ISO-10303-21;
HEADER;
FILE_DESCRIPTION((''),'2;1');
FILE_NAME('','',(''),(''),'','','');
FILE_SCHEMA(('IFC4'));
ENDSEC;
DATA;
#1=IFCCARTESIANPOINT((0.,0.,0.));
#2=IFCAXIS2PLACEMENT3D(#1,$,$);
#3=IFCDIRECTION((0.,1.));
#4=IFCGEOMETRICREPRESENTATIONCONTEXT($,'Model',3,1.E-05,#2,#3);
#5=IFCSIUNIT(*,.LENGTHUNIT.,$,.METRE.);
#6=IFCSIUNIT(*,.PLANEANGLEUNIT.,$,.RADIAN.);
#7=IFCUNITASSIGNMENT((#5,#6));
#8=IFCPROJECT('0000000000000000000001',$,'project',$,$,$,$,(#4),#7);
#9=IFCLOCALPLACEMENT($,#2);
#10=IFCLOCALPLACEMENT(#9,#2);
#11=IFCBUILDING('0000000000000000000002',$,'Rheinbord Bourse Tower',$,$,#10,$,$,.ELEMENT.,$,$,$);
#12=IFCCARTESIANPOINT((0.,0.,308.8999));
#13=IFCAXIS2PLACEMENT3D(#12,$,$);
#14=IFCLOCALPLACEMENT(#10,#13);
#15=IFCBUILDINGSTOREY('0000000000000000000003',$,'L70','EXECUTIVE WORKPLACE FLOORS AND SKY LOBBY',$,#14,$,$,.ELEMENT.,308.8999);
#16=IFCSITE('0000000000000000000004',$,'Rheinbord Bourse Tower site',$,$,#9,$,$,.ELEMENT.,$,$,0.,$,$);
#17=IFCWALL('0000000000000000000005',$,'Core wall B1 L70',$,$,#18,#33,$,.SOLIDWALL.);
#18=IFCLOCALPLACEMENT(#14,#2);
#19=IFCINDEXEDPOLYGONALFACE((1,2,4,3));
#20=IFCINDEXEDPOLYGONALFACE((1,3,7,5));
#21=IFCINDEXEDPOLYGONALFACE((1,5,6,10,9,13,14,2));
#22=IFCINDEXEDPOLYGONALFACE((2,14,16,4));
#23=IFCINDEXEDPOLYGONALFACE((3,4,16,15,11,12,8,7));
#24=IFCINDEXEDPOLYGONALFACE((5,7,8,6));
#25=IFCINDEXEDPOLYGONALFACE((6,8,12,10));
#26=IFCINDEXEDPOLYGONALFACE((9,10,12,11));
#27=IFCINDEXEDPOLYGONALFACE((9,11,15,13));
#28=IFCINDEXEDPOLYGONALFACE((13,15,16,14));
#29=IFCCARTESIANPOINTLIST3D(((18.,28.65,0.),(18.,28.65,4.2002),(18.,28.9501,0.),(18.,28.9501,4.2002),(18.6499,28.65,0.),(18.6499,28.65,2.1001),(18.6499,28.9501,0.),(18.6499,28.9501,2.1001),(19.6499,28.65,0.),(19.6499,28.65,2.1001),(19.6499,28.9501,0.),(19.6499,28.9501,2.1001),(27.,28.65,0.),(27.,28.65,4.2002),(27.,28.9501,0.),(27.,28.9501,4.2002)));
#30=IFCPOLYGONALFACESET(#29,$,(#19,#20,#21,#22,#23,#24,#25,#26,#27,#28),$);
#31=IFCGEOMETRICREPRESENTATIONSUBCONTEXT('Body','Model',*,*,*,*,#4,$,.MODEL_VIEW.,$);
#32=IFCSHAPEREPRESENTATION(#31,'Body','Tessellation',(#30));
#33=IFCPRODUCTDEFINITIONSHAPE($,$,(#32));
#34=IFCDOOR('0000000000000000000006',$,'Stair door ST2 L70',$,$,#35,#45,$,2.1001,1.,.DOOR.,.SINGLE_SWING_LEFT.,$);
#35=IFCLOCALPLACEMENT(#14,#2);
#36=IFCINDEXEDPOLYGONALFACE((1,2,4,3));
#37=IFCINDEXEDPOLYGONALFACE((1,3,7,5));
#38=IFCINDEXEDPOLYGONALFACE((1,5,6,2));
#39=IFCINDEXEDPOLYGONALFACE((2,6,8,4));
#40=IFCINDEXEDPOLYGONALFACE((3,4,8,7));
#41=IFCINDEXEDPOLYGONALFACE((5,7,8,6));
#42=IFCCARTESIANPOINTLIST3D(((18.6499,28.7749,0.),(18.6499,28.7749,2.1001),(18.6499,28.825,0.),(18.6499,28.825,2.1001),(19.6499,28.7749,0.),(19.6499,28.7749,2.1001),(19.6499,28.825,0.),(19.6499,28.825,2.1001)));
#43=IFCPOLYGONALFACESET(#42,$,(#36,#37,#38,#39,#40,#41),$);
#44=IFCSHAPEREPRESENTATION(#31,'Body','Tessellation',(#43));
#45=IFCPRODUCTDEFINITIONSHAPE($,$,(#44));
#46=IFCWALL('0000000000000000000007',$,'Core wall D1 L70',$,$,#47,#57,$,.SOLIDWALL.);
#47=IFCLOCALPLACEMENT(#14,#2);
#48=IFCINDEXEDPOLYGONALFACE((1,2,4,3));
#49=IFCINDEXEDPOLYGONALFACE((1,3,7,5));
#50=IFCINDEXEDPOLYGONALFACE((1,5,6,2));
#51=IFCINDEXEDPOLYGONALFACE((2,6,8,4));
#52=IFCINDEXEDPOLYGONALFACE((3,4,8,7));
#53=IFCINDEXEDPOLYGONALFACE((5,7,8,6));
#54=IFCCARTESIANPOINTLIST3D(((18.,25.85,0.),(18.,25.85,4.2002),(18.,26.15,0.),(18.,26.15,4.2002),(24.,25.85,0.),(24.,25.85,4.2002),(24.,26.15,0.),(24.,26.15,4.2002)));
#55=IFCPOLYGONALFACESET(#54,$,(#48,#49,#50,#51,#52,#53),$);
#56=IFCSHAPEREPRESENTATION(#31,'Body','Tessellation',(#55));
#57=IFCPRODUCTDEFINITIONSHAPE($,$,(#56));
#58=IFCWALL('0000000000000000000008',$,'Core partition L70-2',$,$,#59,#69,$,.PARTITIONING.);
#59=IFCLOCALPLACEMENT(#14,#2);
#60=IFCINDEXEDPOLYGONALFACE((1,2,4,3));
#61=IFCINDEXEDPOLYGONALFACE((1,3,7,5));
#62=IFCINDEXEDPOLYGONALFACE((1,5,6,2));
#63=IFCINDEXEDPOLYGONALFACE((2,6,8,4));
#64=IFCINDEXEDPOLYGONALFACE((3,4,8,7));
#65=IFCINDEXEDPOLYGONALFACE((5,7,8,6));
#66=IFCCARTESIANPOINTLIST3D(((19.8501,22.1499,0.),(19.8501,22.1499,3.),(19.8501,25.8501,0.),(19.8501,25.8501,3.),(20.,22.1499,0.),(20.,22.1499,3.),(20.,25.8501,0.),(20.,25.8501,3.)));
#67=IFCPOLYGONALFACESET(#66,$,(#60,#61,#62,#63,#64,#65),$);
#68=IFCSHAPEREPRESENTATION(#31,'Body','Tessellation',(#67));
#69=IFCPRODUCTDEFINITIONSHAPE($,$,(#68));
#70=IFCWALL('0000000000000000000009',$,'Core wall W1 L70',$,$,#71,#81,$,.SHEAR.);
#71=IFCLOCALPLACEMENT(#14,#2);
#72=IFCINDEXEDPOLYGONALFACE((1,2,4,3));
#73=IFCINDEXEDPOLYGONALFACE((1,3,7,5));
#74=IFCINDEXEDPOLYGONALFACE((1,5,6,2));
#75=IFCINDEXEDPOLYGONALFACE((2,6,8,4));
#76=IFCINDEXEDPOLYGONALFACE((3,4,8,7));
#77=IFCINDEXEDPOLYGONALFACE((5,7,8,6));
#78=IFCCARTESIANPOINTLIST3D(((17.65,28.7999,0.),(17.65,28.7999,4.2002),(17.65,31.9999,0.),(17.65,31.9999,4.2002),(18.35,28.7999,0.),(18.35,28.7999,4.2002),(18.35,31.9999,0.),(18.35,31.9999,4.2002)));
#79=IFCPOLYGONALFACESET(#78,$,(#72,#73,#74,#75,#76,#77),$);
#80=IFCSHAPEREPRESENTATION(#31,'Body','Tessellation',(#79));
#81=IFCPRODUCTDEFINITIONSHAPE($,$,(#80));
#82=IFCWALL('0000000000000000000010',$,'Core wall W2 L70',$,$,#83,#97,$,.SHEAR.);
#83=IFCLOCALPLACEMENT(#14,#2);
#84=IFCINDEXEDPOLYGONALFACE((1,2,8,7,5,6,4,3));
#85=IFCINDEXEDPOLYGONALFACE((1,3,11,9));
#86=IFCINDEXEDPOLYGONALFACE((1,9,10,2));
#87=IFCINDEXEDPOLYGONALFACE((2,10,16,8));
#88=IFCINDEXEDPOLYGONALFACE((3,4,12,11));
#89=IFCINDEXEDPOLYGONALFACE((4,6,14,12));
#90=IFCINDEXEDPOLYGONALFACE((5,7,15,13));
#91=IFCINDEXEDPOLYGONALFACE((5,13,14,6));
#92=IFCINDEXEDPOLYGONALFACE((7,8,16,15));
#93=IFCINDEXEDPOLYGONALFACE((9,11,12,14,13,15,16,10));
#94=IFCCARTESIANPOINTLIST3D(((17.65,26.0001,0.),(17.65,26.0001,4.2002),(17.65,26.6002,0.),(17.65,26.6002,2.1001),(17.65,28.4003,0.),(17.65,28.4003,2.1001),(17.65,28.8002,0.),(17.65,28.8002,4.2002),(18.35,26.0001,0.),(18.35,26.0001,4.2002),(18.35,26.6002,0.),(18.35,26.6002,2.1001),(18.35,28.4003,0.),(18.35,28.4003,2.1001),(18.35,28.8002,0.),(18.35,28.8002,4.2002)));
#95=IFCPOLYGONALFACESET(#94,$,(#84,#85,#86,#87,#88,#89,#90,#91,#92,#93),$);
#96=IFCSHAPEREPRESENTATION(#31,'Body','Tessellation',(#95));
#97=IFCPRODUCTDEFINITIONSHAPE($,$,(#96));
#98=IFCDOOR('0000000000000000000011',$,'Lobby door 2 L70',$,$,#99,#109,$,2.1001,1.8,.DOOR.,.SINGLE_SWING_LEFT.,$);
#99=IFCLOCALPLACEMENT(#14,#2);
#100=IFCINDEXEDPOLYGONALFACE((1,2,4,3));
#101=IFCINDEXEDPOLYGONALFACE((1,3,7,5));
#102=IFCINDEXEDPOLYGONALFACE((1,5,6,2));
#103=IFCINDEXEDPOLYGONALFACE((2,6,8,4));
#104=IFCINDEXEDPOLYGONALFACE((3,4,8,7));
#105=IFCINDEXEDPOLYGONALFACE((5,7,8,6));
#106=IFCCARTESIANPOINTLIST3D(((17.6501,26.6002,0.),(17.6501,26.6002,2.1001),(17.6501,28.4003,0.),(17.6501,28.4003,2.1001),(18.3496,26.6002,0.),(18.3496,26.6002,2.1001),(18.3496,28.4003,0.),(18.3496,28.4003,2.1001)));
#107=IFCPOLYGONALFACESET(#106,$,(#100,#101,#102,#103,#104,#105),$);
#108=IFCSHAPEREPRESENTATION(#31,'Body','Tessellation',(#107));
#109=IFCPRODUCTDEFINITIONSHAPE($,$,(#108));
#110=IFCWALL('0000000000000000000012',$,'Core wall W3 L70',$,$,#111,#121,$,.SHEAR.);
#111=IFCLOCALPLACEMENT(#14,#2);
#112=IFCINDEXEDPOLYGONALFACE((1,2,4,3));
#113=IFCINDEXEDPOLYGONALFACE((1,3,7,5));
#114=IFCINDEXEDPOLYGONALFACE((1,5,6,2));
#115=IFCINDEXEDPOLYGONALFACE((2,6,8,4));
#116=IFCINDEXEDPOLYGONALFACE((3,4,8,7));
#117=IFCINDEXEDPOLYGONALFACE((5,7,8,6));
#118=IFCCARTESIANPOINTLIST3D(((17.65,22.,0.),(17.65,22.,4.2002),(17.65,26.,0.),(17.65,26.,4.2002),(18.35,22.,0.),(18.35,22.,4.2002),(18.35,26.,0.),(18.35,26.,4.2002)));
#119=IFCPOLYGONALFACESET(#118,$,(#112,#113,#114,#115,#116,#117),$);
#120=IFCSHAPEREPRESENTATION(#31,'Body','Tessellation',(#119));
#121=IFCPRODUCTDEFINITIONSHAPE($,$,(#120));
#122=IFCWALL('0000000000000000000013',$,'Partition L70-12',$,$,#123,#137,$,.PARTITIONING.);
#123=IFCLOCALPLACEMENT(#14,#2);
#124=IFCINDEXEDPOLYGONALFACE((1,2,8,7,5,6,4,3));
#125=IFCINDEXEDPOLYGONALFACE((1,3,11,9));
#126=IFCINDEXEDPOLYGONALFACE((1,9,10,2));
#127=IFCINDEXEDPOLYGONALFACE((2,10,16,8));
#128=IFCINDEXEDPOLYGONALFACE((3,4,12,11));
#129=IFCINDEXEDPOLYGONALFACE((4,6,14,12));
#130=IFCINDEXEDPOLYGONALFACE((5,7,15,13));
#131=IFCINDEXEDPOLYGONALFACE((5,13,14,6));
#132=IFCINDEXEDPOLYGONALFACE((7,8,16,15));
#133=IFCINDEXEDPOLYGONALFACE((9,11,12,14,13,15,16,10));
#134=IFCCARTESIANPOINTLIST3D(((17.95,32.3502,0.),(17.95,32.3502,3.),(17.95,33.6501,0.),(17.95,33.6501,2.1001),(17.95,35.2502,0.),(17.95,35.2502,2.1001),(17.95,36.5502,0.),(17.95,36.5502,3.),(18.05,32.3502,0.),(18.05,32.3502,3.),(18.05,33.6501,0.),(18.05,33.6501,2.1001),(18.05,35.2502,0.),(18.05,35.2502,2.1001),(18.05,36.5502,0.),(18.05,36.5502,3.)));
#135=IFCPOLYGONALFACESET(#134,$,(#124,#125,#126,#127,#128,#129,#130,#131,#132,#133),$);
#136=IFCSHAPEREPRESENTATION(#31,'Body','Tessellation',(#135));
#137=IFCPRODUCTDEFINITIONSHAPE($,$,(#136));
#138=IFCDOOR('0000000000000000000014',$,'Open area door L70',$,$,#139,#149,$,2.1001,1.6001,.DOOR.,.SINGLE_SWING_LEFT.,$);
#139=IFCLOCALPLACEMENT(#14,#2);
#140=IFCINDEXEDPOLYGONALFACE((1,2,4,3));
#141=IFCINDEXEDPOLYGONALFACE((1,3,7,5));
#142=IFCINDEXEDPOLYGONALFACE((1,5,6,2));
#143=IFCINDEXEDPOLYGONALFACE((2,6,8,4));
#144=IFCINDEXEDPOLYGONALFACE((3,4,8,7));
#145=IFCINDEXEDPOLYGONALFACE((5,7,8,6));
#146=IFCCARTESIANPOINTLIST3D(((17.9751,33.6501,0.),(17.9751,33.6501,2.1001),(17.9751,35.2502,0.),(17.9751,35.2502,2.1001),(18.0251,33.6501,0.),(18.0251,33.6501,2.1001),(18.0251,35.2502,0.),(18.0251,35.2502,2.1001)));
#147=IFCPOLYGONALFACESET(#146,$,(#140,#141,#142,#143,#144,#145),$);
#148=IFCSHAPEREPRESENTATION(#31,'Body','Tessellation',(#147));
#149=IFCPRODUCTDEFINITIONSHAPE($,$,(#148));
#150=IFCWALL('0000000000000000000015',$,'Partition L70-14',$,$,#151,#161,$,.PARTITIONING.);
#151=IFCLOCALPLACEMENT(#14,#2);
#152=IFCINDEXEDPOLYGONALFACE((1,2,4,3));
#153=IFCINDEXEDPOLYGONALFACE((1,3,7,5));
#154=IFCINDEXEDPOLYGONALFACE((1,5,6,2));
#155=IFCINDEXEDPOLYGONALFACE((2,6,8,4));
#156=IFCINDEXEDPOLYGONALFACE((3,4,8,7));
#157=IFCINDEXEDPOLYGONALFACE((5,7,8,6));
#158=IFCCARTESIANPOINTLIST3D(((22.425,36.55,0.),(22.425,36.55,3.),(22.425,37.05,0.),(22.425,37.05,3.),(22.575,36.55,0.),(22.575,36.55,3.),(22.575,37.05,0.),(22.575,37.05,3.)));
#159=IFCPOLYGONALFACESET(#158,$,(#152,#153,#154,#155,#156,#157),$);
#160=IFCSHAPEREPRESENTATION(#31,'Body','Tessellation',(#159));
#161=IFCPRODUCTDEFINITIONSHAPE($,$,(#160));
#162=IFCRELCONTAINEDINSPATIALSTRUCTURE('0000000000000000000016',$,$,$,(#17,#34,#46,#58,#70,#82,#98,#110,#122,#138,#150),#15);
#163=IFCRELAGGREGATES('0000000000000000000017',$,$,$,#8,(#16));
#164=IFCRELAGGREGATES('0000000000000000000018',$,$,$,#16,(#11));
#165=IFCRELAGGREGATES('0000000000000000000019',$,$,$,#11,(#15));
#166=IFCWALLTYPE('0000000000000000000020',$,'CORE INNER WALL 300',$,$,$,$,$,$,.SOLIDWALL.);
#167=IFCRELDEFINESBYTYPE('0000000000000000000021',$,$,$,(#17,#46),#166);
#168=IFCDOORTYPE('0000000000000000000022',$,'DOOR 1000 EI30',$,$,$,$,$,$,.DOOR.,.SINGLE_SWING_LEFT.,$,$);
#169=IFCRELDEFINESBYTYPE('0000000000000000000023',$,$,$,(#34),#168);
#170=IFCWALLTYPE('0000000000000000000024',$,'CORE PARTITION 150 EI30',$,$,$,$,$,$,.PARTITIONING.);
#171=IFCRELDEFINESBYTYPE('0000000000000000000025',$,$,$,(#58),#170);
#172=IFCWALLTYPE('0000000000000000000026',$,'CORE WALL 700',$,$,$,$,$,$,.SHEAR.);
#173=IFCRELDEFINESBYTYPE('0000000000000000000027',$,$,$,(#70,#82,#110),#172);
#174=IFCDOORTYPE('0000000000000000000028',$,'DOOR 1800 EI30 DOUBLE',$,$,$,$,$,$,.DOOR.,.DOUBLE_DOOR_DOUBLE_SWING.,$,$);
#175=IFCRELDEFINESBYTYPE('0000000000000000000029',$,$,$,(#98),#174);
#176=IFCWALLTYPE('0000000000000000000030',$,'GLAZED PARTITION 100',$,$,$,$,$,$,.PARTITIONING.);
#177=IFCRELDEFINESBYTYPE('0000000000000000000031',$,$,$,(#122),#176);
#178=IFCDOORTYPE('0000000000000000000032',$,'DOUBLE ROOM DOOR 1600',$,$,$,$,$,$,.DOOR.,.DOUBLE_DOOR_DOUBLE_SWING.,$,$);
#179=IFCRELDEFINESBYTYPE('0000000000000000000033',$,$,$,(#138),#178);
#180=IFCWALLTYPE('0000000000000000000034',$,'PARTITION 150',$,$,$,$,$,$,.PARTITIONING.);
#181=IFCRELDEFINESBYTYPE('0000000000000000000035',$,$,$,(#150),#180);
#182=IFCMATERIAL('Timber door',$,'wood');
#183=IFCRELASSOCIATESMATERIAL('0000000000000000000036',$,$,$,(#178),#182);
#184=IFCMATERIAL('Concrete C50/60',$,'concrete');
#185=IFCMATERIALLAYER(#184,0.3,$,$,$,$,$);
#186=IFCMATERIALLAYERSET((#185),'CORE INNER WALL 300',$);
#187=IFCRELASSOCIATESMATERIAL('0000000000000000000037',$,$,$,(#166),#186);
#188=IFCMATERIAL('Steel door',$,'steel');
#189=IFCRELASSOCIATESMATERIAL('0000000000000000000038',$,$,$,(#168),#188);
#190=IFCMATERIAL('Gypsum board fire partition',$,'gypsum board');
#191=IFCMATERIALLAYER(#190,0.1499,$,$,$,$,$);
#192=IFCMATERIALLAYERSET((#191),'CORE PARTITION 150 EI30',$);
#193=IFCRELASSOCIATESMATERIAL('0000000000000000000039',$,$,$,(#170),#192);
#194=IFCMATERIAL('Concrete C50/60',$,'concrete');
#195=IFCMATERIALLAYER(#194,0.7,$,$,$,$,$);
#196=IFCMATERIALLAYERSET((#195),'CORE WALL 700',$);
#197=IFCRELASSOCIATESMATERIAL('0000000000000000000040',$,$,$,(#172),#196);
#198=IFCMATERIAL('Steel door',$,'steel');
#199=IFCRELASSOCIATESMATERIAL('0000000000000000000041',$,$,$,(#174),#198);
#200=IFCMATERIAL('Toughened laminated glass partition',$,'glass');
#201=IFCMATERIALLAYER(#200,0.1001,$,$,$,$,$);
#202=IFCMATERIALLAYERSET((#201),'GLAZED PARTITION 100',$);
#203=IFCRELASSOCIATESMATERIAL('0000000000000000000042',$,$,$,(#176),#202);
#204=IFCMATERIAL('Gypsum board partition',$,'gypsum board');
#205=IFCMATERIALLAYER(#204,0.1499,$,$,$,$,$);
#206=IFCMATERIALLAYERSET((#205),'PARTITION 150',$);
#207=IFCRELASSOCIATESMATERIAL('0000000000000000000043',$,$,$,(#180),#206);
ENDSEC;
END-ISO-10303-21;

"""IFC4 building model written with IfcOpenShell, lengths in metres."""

from ifc_helpers import new_model, si_unit, direction, frame, frame_2d, origin, place, context, subcontext, project, spatial, rectangle, extrude, material, layer, layer_set, type_object, element, fill, save


model = new_model("IFC4")

# Units and contexts
model_context = context("Model", 3, precision=1e-05, world=origin(), true_north=direction((0.0, 1.0)))
body_context = subcontext(model_context, "Body", "Model", "MODEL_VIEW")
ifc_project = project(units=[si_unit("LENGTHUNIT", "METRE"), si_unit("PLANEANGLEUNIT", "RADIAN")], contexts=[model_context])

# Site, building, storey
site_placement = place(None, origin())
site = spatial("IfcSite", under=ifc_project, at=site_placement, Name="Rheinbord Bourse Tower site", CompositionType="ELEMENT", RefElevation=0.0)
building_placement = place(site_placement, origin())
building = spatial("IfcBuilding", under=site, at=building_placement, Name="Rheinbord Bourse Tower", CompositionType="ELEMENT")
storey_placement = place(building_placement, frame((0.0, 0.0, 308.8999)))
storey = spatial("IfcBuildingStorey", under=building, at=storey_placement, Name="L70", Description="EXECUTIVE WORKPLACE FLOORS AND SKY LOBBY", CompositionType="ELEMENT", Elevation=308.8999)

# Shared definitions
ifc_material_1 = material(Name="Timber door", Category="wood")
door_type_1 = type_object("IfcDoorType", Name="DOUBLE ROOM DOOR 1600", OperationType="DOUBLE_DOOR_DOUBLE_SWING", PredefinedType="DOOR", material=ifc_material_1)

# Wall, opening, door
ifc_material_2 = material(Name="Concrete C50/60", Category="concrete")
ifc_layer_1 = layer(ifc_material_2, 0.3)
ifc_layer_set_1 = layer_set([ifc_layer_1], Name="CORE INNER WALL 300")
wall_type_1 = type_object("IfcWallType", Name="CORE INNER WALL 300", PredefinedType="SOLIDWALL", material=ifc_layer_set_1)
wall_1_placement = place(storey_placement, frame((18.0, 28.8, 0.0), z_axis=(0.0, 0.0, 1.0), x_axis=(1.0, 0.0, 0.0)))
wall_1 = element("IfcWall", 1, at=wall_1_placement, inside=storey, type_object=wall_type_1, Name="Core wall B1 L70", PredefinedType="SOLIDWALL", context=body_context, shape_type="SweptSolid", body=[
    extrude(rectangle(XDim=9.0, YDim=0.3, at=frame_2d((4.5, 0.0))), origin(), (0.0, 0.0, 1.0), 4.2002),
])
opening_1_placement = place(wall_1_placement, frame((0.6499, 0.0, 0.0)))
opening_1 = element("IfcOpeningElement", 2, at=opening_1_placement, cuts=wall_1, PredefinedType="OPENING", context=body_context, shape_type="SweptSolid", body=[
    extrude(rectangle(XDim=1.0, YDim=2.1001, at=frame_2d((0.5, 1.05))), frame((0.0, 0.1599, 0.0), z_axis=(0.0, -1.0, 0.0), x_axis=(1.0, 0.0, 0.0)), (0.0, 0.0, 1.0), 0.3201),
])
ifc_material_3 = material(Name="Steel door", Category="steel")
door_type_2 = type_object("IfcDoorType", Name="DOOR 1000 EI30", OperationType="SINGLE_SWING_LEFT", PredefinedType="DOOR", material=ifc_material_3)
door_1_placement = place(opening_1_placement, origin())
door_1 = element("IfcDoor", 3, at=door_1_placement, inside=storey, type_object=door_type_2, Name="Stair door ST2 L70", OperationType="SINGLE_SWING_LEFT", OverallHeight=2.1001, OverallWidth=1.0, PredefinedType="DOOR", context=body_context, shape_type="SweptSolid", body=[
    extrude(rectangle(XDim=1.0, YDim=2.1001, at=frame_2d((0.5, 1.05))), frame((0.0, 0.0249, 0.0), z_axis=(0.0, -1.0, 0.0), x_axis=(1.0, 0.0, 0.0)), (0.0, 0.0, 1.0), 0.05),
])
fill(opening_1, door_1)

# Walls
wall_2_placement = place(storey_placement, frame((18.0, 26.0, 0.0), z_axis=(0.0, 0.0, 1.0), x_axis=(1.0, 0.0, 0.0)))
element("IfcWall", 4, at=wall_2_placement, inside=storey, type_object=wall_type_1, Name="Core wall D1 L70", PredefinedType="SOLIDWALL", context=body_context, shape_type="SweptSolid", body=[
    extrude(rectangle(XDim=6.0, YDim=0.3, at=frame_2d((3.0, 0.0))), origin(), (0.0, 0.0, 1.0), 4.2002),
])
ifc_material_4 = material(Name="Gypsum board fire partition", Category="gypsum board")
ifc_layer_2 = layer(ifc_material_4, 0.1499)
ifc_layer_set_2 = layer_set([ifc_layer_2], Name="CORE PARTITION 150 EI30")
wall_type_2 = type_object("IfcWallType", Name="CORE PARTITION 150 EI30", PredefinedType="PARTITIONING", material=ifc_layer_set_2)
wall_3_placement = place(storey_placement, frame((19.925, 22.1499, 0.0), z_axis=(0.0, 0.0, 1.0), x_axis=(0.0, 1.0, 0.0)))
element("IfcWall", 5, at=wall_3_placement, inside=storey, type_object=wall_type_2, Name="Core partition L70-2", PredefinedType="PARTITIONING", context=body_context, shape_type="SweptSolid", body=[
    extrude(rectangle(XDim=3.7002, YDim=0.1499, at=frame_2d((1.8501, 0.0))), origin(), (0.0, 0.0, 1.0), 3.0),
])
ifc_material_5 = material(Name="Concrete C50/60", Category="concrete")
ifc_layer_3 = layer(ifc_material_5, 0.7)
ifc_layer_set_3 = layer_set([ifc_layer_3], Name="CORE WALL 700")
wall_type_3 = type_object("IfcWallType", Name="CORE WALL 700", PredefinedType="SHEAR", material=ifc_layer_set_3)
wall_4_placement = place(storey_placement, frame((18.0, 32.0, 0.0), z_axis=(0.0, 0.0, 1.0), x_axis=(0.0, -1.0, 0.0)))
element("IfcWall", 6, at=wall_4_placement, inside=storey, type_object=wall_type_3, Name="Core wall W1 L70", PredefinedType="SHEAR", context=body_context, shape_type="SweptSolid", body=[
    extrude(rectangle(XDim=3.2, YDim=0.7, at=frame_2d((1.6001, 0.0))), origin(), (0.0, 0.0, 1.0), 4.2002),
])

# Wall, opening, door
wall_5_placement = place(storey_placement, frame((18.0, 28.8, 0.0), z_axis=(0.0, 0.0, 1.0), x_axis=(0.0, -1.0, 0.0)))
wall_5 = element("IfcWall", 7, at=wall_5_placement, inside=storey, type_object=wall_type_3, Name="Core wall W2 L70", PredefinedType="SHEAR", context=body_context, shape_type="SweptSolid", body=[
    extrude(rectangle(XDim=2.8, YDim=0.7, at=frame_2d((1.3999, 0.0))), origin(), (0.0, 0.0, 1.0), 4.2002),
])
opening_2_placement = place(wall_5_placement, frame((0.3999, 0.0, 0.0)))
opening_2 = element("IfcOpeningElement", 8, at=opening_2_placement, cuts=wall_5, PredefinedType="OPENING", context=body_context, shape_type="SweptSolid", body=[
    extrude(rectangle(XDim=1.8, YDim=2.1001, at=frame_2d((0.8999, 1.05))), frame((0.0, 0.3599, 0.0), z_axis=(0.0, -1.0, 0.0), x_axis=(1.0, 0.0, 0.0)), (0.0, 0.0, 1.0), 0.72),
])
ifc_material_6 = material(Name="Steel door", Category="steel")
door_type_3 = type_object("IfcDoorType", Name="DOOR 1800 EI30 DOUBLE", OperationType="DOUBLE_DOOR_DOUBLE_SWING", PredefinedType="DOOR", material=ifc_material_6)
door_2_placement = place(opening_2_placement, origin())
door_2 = element("IfcDoor", 9, at=door_2_placement, inside=storey, type_object=door_type_3, Name="Lobby door 2 L70", OperationType="SINGLE_SWING_LEFT", OverallHeight=2.1001, OverallWidth=1.8, PredefinedType="DOOR", context=body_context, shape_type="SweptSolid", body=[
    extrude(rectangle(XDim=1.8, YDim=2.1001, at=frame_2d((0.8999, 1.05))), frame((0.0, 0.3496, 0.0), z_axis=(0.0, -1.0, 0.0), x_axis=(1.0, 0.0, 0.0)), (0.0, 0.0, 1.0), 0.6995),
])
fill(opening_2, door_2)

# Wall
wall_6_placement = place(storey_placement, frame((18.0, 26.0, 0.0), z_axis=(0.0, 0.0, 1.0), x_axis=(0.0, -1.0, 0.0)))
element("IfcWall", 10, at=wall_6_placement, inside=storey, type_object=wall_type_3, Name="Core wall W3 L70", PredefinedType="SHEAR", context=body_context, shape_type="SweptSolid", body=[
    extrude(rectangle(XDim=4.0, YDim=0.7, at=frame_2d((2.0, 0.0))), origin(), (0.0, 0.0, 1.0), 4.2002),
])

# Wall, opening, door
ifc_material_7 = material(Name="Toughened laminated glass partition", Category="glass")
ifc_layer_4 = layer(ifc_material_7, 0.1001)
ifc_layer_set_4 = layer_set([ifc_layer_4], Name="GLAZED PARTITION 100")
wall_type_4 = type_object("IfcWallType", Name="GLAZED PARTITION 100", PredefinedType="PARTITIONING", material=ifc_layer_set_4)
wall_7_placement = place(storey_placement, frame((18.0, 32.3501, 0.0), z_axis=(0.0, 0.0, 1.0), x_axis=(0.0, 1.0, 0.0)))
wall_7 = element("IfcWall", 11, at=wall_7_placement, inside=storey, type_object=wall_type_4, Name="Partition L70-12", PredefinedType="PARTITIONING", context=body_context, shape_type="SweptSolid", body=[
    extrude(rectangle(XDim=4.2, YDim=0.1001, at=frame_2d((2.1001, 0.0))), origin(), (0.0, 0.0, 1.0), 3.0),
])
opening_3_placement = place(wall_7_placement, frame((1.3, 0.0, 0.0)))
opening_3 = element("IfcOpeningElement", 12, at=opening_3_placement, cuts=wall_7, PredefinedType="OPENING", context=body_context, shape_type="SweptSolid", body=[
    extrude(rectangle(XDim=1.6001, YDim=2.1001, at=frame_2d((0.8, 1.05))), frame((0.0, 0.0601, 0.0), z_axis=(0.0, -1.0, 0.0), x_axis=(1.0, 0.0, 0.0)), (0.0, 0.0, 1.0), 0.1201),
])
door_3_placement = place(opening_3_placement, origin())
door_3 = element("IfcDoor", 13, at=door_3_placement, inside=storey, type_object=door_type_1, Name="Open area door L70", OperationType="SINGLE_SWING_LEFT", OverallHeight=2.1001, OverallWidth=1.6001, PredefinedType="DOOR", context=body_context, shape_type="SweptSolid", body=[
    extrude(rectangle(XDim=1.6001, YDim=2.1001, at=frame_2d((0.8, 1.05))), frame((0.0, 0.0249, 0.0), z_axis=(0.0, -1.0, 0.0), x_axis=(1.0, 0.0, 0.0)), (0.0, 0.0, 1.0), 0.05),
])
fill(opening_3, door_3)

# Wall
ifc_material_8 = material(Name="Gypsum board partition", Category="gypsum board")
ifc_layer_5 = layer(ifc_material_8, 0.1499)
ifc_layer_set_5 = layer_set([ifc_layer_5], Name="PARTITION 150")
wall_type_5 = type_object("IfcWallType", Name="PARTITION 150", PredefinedType="PARTITIONING", material=ifc_layer_set_5)
wall_8_placement = place(storey_placement, frame((22.5, 36.55, 0.0), z_axis=(0.0, 0.0, 1.0), x_axis=(0.0, 1.0, 0.0)))
element("IfcWall", 14, at=wall_8_placement, inside=storey, type_object=wall_type_5, Name="Partition L70-14", PredefinedType="PARTITIONING", context=body_context, shape_type="SweptSolid", body=[
    extrude(rectangle(XDim=0.5, YDim=0.1499, at=frame_2d((0.25, 0.0))), origin(), (0.0, 0.0, 1.0), 3.0),
])

save(model, "model.ifc")
